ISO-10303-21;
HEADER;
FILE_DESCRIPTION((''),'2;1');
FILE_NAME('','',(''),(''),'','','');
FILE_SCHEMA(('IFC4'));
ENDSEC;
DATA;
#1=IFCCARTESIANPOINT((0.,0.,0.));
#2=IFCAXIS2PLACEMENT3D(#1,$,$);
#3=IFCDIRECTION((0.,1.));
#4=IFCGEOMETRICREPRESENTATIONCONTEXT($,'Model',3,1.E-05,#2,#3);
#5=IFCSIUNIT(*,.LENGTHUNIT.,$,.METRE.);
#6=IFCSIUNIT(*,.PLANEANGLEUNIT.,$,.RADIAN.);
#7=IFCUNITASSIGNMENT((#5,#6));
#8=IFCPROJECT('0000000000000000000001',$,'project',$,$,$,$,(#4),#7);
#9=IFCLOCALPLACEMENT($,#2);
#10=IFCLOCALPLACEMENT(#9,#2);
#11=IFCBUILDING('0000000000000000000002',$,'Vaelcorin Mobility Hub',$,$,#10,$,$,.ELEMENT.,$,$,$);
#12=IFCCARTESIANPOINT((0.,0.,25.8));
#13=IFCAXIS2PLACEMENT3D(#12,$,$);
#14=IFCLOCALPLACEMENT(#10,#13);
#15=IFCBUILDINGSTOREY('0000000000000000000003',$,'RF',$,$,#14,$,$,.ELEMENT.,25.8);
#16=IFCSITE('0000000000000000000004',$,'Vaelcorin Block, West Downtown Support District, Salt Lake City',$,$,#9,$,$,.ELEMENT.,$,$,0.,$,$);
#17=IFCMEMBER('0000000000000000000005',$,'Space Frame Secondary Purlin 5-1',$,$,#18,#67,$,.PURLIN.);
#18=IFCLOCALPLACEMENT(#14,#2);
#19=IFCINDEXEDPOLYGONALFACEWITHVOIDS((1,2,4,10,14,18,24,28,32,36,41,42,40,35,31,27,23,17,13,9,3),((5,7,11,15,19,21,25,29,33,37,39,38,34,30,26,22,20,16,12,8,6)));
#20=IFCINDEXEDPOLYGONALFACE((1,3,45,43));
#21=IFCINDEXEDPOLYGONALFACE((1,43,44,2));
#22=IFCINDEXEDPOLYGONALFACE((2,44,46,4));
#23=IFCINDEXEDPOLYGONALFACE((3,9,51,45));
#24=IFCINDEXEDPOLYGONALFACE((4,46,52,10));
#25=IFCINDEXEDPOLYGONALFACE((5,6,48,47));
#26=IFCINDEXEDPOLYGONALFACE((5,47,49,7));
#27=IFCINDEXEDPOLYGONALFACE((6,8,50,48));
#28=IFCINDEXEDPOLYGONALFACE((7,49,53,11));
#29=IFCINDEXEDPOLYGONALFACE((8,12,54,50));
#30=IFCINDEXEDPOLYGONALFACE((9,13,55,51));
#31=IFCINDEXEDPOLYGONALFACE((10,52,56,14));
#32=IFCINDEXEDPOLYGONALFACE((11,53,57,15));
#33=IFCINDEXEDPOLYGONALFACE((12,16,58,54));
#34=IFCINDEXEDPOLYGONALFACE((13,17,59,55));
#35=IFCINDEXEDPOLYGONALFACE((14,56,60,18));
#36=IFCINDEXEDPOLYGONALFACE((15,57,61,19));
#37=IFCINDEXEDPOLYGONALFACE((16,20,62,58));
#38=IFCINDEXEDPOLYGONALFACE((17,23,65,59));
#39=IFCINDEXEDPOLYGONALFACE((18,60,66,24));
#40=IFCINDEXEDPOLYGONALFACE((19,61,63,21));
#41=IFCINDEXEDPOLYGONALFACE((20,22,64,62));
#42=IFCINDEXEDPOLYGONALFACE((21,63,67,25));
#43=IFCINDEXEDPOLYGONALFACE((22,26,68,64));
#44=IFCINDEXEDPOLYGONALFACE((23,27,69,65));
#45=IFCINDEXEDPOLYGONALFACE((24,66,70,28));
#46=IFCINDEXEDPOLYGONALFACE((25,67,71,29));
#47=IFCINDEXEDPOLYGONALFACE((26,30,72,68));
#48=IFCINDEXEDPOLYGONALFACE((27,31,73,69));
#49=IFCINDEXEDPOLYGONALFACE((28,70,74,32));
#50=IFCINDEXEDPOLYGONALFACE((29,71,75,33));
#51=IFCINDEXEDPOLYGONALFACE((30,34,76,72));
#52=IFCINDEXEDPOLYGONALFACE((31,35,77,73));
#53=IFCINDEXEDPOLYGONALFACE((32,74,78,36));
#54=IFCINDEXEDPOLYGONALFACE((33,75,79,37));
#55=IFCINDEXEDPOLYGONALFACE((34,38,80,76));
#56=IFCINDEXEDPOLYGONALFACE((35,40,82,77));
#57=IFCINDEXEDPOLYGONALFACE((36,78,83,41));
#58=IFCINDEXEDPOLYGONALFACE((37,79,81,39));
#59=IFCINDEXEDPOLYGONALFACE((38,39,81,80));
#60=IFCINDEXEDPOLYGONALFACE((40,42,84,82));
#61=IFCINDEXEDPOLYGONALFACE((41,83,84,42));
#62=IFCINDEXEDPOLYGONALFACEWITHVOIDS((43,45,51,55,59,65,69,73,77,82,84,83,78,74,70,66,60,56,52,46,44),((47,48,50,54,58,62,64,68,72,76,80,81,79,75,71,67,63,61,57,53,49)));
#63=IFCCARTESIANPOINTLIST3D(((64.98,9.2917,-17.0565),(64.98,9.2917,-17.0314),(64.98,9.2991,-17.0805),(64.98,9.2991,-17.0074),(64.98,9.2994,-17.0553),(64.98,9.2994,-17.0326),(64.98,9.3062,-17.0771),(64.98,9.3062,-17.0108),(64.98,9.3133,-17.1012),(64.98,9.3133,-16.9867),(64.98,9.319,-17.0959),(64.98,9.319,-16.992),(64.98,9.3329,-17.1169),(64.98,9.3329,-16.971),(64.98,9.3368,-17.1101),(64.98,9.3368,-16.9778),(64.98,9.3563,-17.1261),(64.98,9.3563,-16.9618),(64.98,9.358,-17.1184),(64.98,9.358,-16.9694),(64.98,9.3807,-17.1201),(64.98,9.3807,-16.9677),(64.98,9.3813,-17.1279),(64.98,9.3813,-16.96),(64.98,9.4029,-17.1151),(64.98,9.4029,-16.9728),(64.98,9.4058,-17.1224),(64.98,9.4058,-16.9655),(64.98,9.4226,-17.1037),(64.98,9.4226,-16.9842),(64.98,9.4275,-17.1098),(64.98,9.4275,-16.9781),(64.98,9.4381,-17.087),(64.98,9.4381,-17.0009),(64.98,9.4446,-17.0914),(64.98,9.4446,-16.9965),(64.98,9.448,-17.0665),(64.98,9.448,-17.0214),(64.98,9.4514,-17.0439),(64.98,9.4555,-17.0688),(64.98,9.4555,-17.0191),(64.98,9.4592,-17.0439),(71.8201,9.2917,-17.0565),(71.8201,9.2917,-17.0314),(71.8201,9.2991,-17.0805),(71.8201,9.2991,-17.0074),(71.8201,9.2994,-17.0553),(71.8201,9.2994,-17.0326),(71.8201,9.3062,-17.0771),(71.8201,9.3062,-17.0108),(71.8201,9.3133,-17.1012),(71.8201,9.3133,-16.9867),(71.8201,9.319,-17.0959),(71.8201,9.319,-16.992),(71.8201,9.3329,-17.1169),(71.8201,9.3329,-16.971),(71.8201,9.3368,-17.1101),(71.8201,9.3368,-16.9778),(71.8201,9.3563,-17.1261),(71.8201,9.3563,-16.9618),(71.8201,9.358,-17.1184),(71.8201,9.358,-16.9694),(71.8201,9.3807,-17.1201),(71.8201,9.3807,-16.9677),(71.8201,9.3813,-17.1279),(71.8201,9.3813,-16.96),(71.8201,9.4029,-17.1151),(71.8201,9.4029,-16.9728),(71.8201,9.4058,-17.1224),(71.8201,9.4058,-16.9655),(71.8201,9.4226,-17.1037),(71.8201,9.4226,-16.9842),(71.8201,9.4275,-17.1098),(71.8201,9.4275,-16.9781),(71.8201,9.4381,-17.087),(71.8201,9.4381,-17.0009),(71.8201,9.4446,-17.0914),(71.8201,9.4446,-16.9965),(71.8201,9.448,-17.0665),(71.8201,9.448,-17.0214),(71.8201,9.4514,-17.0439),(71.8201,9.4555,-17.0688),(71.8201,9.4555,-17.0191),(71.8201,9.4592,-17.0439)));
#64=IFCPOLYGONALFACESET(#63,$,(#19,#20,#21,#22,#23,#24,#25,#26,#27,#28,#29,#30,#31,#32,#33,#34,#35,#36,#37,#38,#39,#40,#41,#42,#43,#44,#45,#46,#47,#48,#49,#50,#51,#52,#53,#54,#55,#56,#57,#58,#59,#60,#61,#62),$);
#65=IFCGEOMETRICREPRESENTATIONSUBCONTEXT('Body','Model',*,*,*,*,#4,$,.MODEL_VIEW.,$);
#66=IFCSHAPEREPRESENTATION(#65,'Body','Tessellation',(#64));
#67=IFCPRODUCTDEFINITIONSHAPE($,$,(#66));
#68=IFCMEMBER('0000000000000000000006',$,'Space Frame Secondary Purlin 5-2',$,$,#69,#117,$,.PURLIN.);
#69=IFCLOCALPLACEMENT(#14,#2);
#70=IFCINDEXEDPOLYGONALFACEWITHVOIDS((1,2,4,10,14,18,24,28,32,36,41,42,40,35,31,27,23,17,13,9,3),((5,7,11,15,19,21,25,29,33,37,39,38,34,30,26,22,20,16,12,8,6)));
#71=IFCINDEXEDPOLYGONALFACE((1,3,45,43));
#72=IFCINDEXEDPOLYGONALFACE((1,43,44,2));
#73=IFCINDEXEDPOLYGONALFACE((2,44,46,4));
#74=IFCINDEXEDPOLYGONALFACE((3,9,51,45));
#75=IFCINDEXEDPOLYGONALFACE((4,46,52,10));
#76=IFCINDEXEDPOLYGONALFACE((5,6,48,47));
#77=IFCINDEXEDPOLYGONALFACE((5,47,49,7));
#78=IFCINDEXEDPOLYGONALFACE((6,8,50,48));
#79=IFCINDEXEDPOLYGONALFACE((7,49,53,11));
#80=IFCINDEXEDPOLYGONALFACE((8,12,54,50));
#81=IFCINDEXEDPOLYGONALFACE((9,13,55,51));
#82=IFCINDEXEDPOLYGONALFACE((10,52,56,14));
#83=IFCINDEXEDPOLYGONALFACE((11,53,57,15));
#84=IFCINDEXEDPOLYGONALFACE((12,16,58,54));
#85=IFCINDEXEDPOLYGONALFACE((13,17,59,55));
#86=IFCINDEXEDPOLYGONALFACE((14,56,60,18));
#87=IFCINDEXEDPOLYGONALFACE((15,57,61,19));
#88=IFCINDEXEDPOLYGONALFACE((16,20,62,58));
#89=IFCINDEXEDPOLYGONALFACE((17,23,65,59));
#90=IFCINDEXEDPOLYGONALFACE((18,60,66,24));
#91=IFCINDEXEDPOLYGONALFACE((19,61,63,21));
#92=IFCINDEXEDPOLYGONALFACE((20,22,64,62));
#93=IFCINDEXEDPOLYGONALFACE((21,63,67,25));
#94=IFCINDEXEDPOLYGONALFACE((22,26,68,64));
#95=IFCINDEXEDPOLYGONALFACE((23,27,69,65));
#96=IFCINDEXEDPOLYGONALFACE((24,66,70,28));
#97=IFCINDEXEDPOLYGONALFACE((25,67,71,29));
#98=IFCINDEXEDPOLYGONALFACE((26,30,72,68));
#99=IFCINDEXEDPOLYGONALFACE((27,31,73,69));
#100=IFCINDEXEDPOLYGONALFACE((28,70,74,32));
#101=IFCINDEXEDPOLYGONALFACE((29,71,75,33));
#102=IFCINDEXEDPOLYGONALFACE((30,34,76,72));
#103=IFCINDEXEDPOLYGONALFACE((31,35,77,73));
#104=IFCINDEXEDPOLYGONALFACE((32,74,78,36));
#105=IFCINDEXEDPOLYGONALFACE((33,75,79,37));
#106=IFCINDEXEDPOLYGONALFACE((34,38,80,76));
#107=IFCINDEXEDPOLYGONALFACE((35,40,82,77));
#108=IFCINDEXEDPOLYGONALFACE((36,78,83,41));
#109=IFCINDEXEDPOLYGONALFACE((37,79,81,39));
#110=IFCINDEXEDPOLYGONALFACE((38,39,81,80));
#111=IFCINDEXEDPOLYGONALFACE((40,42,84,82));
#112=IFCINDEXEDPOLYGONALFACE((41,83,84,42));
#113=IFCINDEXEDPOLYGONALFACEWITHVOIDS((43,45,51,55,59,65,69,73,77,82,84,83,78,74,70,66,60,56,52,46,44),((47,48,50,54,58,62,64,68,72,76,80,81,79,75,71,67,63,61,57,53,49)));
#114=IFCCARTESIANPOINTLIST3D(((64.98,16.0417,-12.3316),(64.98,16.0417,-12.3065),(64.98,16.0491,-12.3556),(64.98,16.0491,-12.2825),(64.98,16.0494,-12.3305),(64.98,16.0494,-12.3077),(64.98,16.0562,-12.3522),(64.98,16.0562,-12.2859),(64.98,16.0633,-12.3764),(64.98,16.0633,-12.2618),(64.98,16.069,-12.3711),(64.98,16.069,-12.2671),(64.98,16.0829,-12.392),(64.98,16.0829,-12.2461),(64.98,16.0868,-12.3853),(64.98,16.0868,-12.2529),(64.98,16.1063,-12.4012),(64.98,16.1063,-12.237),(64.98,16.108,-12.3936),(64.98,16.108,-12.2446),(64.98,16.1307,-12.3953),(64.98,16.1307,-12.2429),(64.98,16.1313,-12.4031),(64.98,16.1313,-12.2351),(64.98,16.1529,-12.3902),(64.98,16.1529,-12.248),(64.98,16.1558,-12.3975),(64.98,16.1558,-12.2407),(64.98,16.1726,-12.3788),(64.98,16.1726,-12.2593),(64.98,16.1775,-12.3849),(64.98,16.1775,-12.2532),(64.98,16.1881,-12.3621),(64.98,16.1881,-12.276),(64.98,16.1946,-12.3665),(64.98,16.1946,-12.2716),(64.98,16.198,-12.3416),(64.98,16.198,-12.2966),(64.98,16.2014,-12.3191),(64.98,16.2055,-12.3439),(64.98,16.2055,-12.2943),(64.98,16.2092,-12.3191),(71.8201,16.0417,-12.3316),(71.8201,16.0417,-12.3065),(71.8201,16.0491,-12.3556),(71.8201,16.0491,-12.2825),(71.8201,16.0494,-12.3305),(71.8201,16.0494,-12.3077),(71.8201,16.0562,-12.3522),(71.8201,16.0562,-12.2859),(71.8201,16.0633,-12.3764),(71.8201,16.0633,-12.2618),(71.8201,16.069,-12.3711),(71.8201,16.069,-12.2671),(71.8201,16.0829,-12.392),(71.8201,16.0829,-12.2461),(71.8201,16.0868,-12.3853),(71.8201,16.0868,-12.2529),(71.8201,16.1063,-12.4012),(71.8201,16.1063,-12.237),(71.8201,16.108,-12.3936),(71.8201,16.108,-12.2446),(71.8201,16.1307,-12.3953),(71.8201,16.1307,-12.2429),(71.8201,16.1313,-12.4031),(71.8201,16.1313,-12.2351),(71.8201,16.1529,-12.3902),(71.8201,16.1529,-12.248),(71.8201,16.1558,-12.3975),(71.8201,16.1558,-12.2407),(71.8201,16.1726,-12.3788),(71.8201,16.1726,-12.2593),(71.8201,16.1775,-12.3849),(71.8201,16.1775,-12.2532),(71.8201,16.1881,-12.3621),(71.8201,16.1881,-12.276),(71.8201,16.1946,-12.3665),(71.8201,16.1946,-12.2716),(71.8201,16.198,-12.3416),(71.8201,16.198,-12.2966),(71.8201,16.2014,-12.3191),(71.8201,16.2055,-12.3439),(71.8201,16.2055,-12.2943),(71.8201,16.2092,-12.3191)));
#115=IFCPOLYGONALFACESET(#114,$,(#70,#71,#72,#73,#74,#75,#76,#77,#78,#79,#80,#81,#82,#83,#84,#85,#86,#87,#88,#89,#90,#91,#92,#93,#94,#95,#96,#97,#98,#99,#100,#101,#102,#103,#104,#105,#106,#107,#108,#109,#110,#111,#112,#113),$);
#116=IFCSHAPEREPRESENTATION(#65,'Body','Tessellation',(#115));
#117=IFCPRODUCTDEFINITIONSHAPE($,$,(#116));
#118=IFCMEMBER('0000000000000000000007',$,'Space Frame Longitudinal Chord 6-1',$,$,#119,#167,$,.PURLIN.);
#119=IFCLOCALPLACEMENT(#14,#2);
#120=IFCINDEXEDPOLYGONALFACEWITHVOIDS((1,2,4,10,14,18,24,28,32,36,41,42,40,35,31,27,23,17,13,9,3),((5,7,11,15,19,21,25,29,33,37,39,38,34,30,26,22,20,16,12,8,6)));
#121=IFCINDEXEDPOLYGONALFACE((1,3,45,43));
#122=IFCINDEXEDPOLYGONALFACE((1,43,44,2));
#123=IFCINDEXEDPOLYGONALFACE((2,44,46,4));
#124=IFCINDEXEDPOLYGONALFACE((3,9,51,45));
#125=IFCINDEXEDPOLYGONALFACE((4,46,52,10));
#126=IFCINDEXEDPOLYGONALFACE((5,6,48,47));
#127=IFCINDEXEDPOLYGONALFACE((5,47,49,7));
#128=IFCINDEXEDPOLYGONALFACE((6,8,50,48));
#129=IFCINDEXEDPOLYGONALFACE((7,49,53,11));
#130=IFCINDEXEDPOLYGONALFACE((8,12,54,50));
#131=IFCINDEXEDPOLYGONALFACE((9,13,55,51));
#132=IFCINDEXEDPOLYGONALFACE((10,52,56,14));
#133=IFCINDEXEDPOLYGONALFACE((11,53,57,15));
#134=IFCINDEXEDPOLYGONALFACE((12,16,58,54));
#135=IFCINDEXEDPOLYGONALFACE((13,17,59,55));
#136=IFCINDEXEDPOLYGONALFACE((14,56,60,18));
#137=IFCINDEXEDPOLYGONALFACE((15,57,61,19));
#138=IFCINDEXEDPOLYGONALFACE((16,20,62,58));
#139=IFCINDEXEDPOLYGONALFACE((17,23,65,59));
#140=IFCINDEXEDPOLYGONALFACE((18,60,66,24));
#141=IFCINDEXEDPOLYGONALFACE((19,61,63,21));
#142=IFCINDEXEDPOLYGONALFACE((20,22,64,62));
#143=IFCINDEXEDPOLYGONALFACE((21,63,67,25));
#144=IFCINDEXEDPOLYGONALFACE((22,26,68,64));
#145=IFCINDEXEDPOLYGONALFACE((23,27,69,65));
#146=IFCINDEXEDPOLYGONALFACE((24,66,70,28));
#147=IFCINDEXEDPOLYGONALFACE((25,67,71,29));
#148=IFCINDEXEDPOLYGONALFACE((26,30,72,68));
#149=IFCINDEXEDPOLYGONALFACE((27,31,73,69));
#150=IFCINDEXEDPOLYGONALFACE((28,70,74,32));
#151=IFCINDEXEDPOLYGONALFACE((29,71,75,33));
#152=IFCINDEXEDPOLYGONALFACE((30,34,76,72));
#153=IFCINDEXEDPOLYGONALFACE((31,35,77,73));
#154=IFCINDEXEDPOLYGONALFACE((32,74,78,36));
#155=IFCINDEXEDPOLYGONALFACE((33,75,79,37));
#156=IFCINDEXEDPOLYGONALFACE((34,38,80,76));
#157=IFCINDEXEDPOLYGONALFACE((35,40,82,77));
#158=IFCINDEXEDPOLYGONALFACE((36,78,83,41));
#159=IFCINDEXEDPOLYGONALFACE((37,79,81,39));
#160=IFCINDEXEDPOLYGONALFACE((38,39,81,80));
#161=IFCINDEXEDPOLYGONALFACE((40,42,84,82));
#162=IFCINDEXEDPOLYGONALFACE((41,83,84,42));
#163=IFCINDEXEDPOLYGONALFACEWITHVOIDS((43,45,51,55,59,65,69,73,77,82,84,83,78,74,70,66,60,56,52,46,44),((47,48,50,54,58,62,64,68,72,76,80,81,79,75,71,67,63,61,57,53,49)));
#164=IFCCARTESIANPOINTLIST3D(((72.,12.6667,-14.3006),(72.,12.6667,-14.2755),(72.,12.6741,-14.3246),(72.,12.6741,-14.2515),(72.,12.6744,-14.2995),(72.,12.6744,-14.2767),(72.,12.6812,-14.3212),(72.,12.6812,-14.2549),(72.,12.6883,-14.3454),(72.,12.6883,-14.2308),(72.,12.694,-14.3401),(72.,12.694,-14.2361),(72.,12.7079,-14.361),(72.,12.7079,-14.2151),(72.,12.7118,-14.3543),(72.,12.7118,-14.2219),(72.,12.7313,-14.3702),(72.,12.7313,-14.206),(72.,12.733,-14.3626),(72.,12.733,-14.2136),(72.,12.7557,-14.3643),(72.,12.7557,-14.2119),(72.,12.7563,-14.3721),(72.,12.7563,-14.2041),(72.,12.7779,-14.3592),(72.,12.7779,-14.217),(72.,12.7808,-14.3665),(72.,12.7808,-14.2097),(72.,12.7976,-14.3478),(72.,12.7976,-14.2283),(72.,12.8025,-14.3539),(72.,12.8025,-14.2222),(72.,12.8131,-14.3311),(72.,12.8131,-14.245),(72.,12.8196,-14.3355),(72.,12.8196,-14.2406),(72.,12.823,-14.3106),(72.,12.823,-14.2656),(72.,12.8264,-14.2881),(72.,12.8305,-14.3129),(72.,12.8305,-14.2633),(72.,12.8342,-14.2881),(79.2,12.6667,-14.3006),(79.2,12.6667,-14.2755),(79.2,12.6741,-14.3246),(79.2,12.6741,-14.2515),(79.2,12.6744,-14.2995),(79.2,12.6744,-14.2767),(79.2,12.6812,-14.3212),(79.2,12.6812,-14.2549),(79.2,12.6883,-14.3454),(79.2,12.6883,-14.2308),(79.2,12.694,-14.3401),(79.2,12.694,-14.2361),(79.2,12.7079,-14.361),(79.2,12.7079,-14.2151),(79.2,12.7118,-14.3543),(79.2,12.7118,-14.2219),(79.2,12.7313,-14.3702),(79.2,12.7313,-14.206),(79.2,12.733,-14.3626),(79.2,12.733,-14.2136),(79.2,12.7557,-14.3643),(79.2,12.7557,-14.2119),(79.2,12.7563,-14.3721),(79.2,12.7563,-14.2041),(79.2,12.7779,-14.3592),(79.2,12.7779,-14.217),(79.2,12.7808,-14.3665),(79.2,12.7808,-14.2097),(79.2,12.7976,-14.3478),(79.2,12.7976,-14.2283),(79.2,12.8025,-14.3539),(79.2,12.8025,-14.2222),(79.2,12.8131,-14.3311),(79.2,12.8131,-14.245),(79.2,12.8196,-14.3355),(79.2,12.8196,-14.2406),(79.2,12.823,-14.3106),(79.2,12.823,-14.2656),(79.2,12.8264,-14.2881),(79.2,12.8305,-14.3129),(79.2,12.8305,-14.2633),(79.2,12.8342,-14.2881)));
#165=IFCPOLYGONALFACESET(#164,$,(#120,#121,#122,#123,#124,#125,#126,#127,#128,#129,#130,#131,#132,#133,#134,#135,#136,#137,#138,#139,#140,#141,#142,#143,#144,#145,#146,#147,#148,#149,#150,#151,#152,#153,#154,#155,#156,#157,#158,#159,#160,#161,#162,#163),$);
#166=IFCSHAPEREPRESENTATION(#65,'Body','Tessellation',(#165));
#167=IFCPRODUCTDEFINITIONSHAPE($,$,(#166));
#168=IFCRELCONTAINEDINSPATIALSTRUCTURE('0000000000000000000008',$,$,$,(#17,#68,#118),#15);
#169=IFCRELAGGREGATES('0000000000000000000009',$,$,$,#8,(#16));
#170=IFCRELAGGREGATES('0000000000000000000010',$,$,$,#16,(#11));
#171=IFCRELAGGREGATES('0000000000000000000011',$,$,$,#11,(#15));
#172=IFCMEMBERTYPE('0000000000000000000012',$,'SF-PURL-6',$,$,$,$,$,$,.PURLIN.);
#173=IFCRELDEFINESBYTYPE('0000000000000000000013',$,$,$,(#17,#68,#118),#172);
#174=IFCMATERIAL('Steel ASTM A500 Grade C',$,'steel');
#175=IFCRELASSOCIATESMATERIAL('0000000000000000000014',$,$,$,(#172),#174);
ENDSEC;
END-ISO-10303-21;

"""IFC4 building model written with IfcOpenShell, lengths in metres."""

from ifc_helpers import new_model, si_unit, direction, frame, origin, origin_2d, place, context, subcontext, project, spatial, hollow_circle, extrude, material, material_profile, profile_set, type_object, element, save


model = new_model("IFC4")

# Units and contexts
model_context = context("Model", 3, precision=1e-05, world=origin(), true_north=direction((0.0, 1.0)))
body_context = subcontext(model_context, "Body", "Model", "MODEL_VIEW")
ifc_project = project(units=[si_unit("LENGTHUNIT", "METRE"), si_unit("PLANEANGLEUNIT", "RADIAN")], contexts=[model_context])

# Site, building, storey
site_placement = place(None, origin())
site = spatial("IfcSite", under=ifc_project, at=site_placement, Name="Vaelcorin Block, West Downtown Support District, Salt Lake City", CompositionType="ELEMENT", RefElevation=0.0)
building_placement = place(site_placement, origin())
building = spatial("IfcBuilding", under=site, at=building_placement, Name="Vaelcorin Mobility Hub", CompositionType="ELEMENT")
storey_placement = place(building_placement, frame((0.0, 0.0, 25.8)))
storey = spatial("IfcBuildingStorey", under=building, at=storey_placement, Name="RF", CompositionType="ELEMENT", Elevation=25.8)

# Members
ifc_material_1 = material(Name="Steel ASTM A500 Grade C", Category="steel")
ifc_material_profile_1 = material_profile(ifc_material_1, hollow_circle(Radius=0.0842, WallThickness=0.0078, at=origin_2d()), Name="HSS6.625X0.312")
ifc_profile_set_1 = profile_set([ifc_material_profile_1], Name="Steel ASTM A500 Grade C")
member_type_1 = type_object("IfcMemberType", Name="SF-PURL-6", PredefinedType="PURLIN", material=ifc_profile_set_1)
for number, where, z_axis, x_axis, name in (
    (1, (64.98, 9.375, -17.0439), (1.0, 0.0, 0.0), (0.0, 1.0, 0.0), "Space Frame Secondary Purlin 5-1"),
    (2, (64.98, 16.125, -12.3191), (1.0, 0.0, 0.0), (0.0, 1.0, 0.0), "Space Frame Secondary Purlin 5-2"),
):
    element("IfcMember", number, at=place(storey_placement, frame(where, z_axis=z_axis, x_axis=x_axis)), inside=storey, type_object=member_type_1, Name=name, PredefinedType="PURLIN", context=body_context, shape_type="SweptSolid", body=[
        extrude(hollow_circle(Radius=0.0842, WallThickness=0.0078, at=origin_2d()), origin(), (0.0, 0.0, 1.0), 6.8401),
    ])
member_1_placement = place(storey_placement, frame((72.0, 12.75, -14.2881), z_axis=(1.0, 0.0, 0.0), x_axis=(0.0, 1.0, 0.0)))
element("IfcMember", 3, at=member_1_placement, inside=storey, type_object=member_type_1, Name="Space Frame Longitudinal Chord 6-1", PredefinedType="PURLIN", context=body_context, shape_type="SweptSolid", body=[
    extrude(hollow_circle(Radius=0.0842, WallThickness=0.0078, at=origin_2d()), origin(), (0.0, 0.0, 1.0), 7.2),
])

save(model, "model.ifc")
